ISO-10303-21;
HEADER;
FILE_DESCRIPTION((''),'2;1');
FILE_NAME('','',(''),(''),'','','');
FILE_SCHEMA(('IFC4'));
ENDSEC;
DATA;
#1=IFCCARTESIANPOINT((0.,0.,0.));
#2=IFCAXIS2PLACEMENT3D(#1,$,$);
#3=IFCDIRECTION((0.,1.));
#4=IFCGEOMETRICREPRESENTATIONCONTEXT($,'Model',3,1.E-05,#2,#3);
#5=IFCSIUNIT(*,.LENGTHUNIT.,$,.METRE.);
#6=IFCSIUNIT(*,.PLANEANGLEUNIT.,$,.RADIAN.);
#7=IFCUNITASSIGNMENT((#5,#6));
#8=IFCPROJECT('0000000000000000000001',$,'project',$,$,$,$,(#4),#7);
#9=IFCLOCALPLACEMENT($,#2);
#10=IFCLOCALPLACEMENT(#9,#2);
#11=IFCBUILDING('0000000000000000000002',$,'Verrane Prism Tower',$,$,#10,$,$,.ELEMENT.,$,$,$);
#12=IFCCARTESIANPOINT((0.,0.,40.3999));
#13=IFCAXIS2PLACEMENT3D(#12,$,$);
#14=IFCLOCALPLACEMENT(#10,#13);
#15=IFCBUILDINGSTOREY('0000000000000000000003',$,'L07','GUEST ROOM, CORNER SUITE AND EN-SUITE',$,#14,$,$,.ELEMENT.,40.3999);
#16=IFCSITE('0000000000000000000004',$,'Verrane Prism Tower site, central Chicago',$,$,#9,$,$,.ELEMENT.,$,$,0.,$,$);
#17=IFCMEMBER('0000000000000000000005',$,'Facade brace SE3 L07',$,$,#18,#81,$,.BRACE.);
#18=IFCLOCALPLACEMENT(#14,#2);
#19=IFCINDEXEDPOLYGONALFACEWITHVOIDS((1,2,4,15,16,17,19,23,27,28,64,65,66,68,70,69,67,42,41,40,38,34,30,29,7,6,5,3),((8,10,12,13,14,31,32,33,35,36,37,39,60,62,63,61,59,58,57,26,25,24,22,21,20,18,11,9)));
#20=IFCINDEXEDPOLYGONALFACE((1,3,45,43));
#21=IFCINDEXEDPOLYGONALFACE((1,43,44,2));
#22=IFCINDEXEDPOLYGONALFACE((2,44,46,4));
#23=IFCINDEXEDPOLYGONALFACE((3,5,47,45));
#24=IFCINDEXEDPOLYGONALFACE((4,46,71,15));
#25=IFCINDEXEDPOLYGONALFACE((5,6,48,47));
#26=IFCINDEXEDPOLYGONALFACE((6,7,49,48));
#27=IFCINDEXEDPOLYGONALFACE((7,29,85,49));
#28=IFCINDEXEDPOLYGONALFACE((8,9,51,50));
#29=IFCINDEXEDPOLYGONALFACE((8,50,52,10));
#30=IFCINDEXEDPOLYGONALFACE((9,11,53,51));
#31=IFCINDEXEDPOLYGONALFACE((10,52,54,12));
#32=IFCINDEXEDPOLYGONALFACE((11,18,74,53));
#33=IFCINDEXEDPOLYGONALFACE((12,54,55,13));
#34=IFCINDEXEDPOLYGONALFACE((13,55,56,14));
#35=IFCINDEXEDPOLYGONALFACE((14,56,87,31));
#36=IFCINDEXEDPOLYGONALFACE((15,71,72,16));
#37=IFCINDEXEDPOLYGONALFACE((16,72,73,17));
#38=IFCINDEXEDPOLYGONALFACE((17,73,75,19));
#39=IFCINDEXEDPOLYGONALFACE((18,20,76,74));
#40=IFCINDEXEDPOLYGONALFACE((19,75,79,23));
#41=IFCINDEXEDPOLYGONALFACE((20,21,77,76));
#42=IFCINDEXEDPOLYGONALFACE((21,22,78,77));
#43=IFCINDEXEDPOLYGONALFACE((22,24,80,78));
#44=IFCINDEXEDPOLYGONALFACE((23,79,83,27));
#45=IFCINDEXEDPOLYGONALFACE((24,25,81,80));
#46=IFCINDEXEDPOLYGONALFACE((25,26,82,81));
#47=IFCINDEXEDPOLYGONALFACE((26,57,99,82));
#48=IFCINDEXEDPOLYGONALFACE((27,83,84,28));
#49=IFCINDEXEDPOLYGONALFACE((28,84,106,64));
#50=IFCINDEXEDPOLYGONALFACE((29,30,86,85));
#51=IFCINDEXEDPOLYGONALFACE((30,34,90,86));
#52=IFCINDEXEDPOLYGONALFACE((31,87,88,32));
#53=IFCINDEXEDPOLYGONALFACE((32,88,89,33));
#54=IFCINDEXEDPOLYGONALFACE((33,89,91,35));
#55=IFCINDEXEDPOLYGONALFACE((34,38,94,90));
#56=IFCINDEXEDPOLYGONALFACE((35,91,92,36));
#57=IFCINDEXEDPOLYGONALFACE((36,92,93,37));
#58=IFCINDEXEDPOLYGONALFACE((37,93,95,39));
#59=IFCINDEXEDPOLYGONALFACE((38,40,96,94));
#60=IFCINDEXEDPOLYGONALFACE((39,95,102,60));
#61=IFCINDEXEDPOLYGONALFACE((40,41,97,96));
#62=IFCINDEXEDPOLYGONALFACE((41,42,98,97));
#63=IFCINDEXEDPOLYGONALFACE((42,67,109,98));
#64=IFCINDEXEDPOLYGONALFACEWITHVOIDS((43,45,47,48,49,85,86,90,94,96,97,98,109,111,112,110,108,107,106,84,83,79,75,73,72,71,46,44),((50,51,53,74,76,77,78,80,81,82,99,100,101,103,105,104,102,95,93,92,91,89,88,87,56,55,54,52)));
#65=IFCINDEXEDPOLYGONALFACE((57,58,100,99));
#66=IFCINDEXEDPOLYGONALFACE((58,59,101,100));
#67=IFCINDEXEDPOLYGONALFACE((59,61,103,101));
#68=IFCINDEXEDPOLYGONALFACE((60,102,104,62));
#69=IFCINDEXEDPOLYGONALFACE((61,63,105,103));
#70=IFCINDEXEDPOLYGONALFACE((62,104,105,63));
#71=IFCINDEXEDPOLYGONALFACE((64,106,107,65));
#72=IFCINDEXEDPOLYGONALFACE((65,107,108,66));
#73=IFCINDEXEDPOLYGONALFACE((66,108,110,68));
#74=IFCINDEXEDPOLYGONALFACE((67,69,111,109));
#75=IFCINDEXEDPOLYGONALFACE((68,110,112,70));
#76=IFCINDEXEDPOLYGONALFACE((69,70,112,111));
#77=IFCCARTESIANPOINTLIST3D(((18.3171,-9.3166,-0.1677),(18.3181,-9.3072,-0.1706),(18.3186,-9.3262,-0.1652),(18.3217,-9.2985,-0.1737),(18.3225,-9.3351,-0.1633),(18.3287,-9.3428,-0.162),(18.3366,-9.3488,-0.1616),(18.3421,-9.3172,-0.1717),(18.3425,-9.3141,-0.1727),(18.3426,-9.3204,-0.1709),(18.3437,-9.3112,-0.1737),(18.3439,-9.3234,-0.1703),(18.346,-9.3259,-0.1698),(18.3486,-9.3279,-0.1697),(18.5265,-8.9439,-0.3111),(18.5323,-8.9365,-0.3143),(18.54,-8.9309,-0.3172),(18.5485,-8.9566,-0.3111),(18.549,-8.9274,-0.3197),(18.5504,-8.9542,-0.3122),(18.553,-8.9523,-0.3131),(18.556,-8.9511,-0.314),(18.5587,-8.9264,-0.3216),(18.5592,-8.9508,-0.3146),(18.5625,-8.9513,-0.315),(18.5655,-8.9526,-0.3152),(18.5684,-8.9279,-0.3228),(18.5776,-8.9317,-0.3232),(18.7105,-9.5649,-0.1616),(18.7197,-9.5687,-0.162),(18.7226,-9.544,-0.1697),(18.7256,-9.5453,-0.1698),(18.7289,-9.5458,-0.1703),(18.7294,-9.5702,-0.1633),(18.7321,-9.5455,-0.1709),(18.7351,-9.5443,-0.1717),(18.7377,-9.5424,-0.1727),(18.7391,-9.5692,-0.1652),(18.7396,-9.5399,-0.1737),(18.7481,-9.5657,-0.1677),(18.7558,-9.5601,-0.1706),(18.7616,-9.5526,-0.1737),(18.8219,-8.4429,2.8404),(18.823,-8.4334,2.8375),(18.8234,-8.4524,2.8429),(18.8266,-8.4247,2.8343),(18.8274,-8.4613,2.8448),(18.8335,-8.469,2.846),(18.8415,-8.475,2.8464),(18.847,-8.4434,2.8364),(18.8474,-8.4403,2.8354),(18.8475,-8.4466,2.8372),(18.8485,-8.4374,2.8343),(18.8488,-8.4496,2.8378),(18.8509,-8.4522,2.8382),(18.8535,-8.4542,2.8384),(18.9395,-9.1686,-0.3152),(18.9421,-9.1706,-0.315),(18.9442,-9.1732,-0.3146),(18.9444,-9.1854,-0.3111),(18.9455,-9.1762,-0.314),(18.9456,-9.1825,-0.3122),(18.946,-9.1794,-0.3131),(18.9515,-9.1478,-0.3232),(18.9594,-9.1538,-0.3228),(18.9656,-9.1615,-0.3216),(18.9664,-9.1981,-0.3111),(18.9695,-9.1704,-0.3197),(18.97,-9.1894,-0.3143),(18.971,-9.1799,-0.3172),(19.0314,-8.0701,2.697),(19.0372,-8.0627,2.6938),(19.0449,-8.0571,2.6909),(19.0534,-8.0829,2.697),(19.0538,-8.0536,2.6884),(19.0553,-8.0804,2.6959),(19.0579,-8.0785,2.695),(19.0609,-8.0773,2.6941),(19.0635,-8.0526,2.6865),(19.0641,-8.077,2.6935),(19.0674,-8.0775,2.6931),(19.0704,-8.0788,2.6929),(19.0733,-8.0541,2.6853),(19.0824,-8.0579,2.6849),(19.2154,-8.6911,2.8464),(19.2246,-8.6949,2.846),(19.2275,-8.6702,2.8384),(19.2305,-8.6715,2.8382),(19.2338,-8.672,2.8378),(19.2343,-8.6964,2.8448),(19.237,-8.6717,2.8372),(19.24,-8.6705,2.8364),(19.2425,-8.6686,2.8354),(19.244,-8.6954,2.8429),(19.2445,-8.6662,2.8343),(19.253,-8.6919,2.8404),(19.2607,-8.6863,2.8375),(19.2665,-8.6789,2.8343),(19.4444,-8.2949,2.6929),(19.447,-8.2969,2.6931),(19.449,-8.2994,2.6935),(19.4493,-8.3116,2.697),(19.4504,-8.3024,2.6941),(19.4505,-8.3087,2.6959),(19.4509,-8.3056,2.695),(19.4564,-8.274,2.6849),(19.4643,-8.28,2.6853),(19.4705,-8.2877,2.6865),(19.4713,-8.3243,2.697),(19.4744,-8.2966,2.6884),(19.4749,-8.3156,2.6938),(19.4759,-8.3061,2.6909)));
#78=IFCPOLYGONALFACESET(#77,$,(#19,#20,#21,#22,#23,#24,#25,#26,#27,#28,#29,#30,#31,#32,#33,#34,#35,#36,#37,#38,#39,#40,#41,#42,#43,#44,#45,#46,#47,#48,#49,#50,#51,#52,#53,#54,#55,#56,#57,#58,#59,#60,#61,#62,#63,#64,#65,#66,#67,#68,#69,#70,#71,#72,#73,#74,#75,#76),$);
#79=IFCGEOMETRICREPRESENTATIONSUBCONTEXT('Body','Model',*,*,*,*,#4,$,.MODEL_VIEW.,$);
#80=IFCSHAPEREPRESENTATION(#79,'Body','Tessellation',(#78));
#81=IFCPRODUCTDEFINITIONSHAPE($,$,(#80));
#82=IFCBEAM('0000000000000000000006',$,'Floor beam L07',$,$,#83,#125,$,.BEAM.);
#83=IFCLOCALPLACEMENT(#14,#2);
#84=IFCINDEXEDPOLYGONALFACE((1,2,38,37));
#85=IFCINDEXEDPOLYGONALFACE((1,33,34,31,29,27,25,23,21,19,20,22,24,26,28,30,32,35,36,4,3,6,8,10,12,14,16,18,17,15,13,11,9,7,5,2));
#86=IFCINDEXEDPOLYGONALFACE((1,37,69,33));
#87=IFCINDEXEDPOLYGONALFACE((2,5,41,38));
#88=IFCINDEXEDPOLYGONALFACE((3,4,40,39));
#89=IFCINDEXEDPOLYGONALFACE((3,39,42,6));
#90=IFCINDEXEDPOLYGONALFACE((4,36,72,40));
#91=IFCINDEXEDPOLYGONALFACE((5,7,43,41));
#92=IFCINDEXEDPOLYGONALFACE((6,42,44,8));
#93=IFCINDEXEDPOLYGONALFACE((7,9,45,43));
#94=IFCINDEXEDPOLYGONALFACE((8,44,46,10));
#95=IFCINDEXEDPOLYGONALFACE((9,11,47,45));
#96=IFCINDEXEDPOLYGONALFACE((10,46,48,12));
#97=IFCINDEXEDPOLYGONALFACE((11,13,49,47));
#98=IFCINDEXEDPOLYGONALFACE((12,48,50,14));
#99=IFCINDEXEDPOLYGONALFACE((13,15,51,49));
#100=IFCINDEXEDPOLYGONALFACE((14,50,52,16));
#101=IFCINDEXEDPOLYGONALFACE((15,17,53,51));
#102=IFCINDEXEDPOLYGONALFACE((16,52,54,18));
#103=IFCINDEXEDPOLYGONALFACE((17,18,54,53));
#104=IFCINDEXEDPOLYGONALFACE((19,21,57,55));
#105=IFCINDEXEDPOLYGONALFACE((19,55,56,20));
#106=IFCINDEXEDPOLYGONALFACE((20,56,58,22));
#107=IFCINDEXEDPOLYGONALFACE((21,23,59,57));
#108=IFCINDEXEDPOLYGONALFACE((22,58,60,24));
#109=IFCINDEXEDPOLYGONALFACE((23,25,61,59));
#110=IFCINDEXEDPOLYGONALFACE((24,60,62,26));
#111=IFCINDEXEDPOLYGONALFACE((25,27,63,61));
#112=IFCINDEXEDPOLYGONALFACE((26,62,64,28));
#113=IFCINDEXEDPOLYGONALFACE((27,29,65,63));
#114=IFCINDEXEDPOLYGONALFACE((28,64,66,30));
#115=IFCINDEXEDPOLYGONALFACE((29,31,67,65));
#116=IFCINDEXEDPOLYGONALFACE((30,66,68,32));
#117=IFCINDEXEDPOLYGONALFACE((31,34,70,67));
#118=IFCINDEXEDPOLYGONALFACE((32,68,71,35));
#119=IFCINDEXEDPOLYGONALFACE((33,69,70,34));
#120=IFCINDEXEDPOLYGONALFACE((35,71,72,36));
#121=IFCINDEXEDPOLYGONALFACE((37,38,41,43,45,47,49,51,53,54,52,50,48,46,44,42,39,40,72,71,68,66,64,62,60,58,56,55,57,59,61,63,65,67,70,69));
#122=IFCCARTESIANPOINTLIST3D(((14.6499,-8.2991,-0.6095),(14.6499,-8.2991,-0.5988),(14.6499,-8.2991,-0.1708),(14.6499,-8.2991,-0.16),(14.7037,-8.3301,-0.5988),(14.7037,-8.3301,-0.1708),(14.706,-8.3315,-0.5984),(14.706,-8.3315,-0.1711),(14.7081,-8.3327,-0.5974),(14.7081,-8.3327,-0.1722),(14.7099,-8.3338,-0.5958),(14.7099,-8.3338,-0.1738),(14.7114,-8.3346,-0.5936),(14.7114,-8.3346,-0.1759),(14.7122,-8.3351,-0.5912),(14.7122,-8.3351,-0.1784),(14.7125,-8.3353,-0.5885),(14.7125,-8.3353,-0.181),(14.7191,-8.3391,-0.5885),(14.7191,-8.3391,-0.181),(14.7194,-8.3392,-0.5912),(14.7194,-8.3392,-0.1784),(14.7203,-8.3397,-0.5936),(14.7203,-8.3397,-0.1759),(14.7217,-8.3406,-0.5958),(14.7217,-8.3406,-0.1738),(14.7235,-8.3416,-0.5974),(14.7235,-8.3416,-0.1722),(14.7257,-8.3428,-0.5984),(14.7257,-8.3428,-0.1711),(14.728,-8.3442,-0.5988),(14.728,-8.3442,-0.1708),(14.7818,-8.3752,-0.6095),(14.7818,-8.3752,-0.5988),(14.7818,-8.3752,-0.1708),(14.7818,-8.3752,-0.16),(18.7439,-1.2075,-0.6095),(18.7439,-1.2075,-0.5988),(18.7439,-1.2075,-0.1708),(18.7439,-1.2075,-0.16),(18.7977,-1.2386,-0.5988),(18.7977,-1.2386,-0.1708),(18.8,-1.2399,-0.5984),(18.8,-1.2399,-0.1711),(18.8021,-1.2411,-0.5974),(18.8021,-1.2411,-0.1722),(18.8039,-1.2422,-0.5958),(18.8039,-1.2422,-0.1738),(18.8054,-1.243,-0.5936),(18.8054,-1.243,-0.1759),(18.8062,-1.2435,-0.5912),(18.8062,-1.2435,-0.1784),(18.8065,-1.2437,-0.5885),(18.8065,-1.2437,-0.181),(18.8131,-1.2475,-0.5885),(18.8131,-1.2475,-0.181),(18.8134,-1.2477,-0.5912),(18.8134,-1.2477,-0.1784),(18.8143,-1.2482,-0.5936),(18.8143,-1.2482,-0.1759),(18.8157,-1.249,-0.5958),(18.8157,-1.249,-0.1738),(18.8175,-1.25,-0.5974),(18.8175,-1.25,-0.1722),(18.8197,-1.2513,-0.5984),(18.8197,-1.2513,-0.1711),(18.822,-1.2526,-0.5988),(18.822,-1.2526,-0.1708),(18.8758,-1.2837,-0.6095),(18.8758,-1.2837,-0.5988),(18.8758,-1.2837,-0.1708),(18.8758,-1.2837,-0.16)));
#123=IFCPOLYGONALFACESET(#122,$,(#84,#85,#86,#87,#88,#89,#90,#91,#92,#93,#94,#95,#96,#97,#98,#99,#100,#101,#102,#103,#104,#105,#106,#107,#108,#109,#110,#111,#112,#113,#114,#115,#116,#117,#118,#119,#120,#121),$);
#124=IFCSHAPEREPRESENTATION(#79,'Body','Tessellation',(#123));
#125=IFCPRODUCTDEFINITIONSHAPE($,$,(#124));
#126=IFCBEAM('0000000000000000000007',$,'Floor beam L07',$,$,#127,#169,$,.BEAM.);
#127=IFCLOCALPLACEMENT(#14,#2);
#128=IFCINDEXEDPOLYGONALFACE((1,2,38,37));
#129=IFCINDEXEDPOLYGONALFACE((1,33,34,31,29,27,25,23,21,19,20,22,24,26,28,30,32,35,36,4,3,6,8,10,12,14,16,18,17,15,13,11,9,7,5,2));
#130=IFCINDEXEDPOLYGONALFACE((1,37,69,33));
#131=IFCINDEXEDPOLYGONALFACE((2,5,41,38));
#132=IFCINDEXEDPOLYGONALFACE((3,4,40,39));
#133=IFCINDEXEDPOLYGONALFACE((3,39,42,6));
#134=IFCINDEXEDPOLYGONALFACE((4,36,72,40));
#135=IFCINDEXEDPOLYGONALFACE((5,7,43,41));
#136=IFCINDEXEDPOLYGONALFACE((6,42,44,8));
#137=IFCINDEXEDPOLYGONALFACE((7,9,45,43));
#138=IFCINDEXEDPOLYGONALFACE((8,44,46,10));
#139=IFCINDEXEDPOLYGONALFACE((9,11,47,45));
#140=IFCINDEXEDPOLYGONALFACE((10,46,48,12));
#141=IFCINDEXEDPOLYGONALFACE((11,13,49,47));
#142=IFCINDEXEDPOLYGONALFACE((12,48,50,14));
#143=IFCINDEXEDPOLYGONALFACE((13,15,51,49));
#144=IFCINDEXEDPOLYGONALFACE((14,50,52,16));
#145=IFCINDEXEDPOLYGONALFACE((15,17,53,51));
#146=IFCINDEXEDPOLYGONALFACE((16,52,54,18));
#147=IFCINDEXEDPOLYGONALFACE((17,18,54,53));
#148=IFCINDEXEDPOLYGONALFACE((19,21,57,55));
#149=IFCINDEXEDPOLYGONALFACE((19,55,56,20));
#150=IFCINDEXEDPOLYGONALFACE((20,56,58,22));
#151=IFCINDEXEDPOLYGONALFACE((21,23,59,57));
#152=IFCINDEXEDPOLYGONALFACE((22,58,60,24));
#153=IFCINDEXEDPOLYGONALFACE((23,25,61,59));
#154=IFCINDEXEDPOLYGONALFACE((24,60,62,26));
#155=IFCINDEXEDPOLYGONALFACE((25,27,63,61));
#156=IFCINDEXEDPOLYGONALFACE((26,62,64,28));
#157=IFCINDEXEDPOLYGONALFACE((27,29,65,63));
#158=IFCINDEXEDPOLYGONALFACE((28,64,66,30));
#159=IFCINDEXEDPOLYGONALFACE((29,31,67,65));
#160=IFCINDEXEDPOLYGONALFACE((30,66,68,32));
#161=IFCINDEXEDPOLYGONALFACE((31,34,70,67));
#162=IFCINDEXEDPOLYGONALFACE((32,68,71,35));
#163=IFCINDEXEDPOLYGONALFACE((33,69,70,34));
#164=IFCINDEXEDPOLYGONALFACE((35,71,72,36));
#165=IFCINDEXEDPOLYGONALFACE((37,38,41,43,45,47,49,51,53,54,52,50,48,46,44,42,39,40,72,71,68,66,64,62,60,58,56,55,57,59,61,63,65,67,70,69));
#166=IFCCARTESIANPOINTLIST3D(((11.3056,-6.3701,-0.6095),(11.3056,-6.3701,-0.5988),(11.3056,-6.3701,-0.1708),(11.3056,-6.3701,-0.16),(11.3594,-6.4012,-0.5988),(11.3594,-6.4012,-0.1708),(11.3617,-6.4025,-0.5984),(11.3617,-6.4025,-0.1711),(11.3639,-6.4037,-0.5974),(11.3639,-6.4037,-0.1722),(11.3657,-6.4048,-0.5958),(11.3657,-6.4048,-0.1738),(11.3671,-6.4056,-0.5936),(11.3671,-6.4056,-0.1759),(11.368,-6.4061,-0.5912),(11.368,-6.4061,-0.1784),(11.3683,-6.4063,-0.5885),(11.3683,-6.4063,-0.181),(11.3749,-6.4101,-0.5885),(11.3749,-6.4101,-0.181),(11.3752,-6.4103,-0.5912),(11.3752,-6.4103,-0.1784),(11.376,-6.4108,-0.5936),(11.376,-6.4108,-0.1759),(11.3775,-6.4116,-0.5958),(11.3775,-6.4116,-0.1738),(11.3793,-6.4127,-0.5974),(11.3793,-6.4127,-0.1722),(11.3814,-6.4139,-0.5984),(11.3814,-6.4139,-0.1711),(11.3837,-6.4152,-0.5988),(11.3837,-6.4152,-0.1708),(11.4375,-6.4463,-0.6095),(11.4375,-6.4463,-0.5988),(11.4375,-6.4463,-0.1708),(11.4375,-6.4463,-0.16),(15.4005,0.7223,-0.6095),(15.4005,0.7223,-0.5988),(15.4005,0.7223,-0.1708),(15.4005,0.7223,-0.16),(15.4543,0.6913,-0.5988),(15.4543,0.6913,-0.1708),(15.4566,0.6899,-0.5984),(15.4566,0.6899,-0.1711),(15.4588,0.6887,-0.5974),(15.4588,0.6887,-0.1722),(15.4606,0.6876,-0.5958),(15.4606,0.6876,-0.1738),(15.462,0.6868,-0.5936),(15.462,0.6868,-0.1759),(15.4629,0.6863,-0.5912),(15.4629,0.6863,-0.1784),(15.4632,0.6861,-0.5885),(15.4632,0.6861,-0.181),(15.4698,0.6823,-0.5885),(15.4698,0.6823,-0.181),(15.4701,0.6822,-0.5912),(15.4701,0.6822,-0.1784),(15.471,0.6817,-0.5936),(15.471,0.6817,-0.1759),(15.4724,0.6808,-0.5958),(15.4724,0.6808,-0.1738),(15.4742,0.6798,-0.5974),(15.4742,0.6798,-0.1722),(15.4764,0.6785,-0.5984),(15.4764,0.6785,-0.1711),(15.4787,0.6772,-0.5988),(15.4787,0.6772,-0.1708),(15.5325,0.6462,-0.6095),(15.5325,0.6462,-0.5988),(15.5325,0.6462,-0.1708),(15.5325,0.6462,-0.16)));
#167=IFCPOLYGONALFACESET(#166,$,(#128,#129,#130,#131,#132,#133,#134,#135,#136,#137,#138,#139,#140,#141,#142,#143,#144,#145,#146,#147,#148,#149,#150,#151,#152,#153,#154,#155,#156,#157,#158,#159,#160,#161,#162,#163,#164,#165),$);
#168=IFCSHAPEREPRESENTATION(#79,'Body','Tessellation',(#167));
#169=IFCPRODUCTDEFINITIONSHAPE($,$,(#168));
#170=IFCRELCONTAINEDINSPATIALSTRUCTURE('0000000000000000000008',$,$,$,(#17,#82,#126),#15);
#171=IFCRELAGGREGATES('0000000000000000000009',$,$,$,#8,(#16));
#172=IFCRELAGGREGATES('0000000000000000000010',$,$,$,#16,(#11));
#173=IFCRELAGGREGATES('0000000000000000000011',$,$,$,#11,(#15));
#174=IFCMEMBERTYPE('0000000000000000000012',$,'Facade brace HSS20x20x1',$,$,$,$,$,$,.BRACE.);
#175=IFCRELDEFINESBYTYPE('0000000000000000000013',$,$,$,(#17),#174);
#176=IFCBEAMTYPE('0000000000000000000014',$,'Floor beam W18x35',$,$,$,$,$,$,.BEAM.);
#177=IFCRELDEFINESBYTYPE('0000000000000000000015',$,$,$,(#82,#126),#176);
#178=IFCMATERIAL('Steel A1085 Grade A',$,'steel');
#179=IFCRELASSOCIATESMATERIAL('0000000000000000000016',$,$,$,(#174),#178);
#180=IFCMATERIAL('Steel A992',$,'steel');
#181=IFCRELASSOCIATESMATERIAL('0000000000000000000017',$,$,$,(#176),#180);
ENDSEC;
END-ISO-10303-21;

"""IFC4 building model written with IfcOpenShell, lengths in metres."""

from ifc_helpers import new_model, si_unit, direction, frame, origin, origin_2d, place, context, subcontext, project, spatial, hollow_rectangle, i_section, extrude, material, material_profile, profile_set, type_object, element, save


model = new_model("IFC4")

# Units and contexts
model_context = context("Model", 3, precision=1e-05, world=origin(), true_north=direction((0.0, 1.0)))
body_context = subcontext(model_context, "Body", "Model", "MODEL_VIEW")
ifc_project = project(units=[si_unit("LENGTHUNIT", "METRE"), si_unit("PLANEANGLEUNIT", "RADIAN")], contexts=[model_context])

# Site, building, storey
site_placement = place(None, origin())
site = spatial("IfcSite", under=ifc_project, at=site_placement, Name="Verrane Prism Tower site, central Chicago", CompositionType="ELEMENT", RefElevation=0.0)
building_placement = place(site_placement, origin())
building = spatial("IfcBuilding", under=site, at=building_placement, Name="Verrane Prism Tower", CompositionType="ELEMENT")
storey_placement = place(building_placement, frame((0.0, 0.0, 40.3999)))
storey = spatial("IfcBuildingStorey", under=building, at=storey_placement, Name="L07", Description="GUEST ROOM, CORNER SUITE AND EN-SUITE", CompositionType="ELEMENT", Elevation=40.3999)

# Member
ifc_material_1 = material(Name="Steel A1085 Grade A", Category="steel")
ifc_material_profile_1 = material_profile(ifc_material_1, hollow_rectangle(XDim=0.5081, YDim=0.5081, WallThickness=0.0254, InnerFilletRadius=0.0127, OuterFilletRadius=0.0381, at=origin_2d()), Name="HSS20x20x1")
ifc_profile_set_1 = profile_set([ifc_material_profile_1], Name="Steel A1085 Grade A")
member_type_1 = type_object("IfcMemberType", Name="Facade brace HSS20x20x1", PredefinedType="BRACE", material=ifc_profile_set_1)
member_1_placement = place(storey_placement, frame((18.644, -9.2483, -0.2424), z_axis=(0.159127, 0.275395, 0.94807), x_axis=(-0.865851, 0.500302, 0.0)))
element("IfcMember", 1, at=member_1_placement, inside=storey, type_object=member_type_1, Name="Facade brace SE3 L07", PredefinedType="BRACE", context=body_context, shape_type="SweptSolid", body=[
    extrude(hollow_rectangle(XDim=0.5081, YDim=0.5081, WallThickness=0.0254, InnerFilletRadius=0.0127, OuterFilletRadius=0.0381, at=origin_2d()), origin(), (0.0, 0.0, 1.0), 3.1729),
])

# Beams
ifc_material_2 = material(Name="Steel A992", Category="steel")
ifc_material_profile_2 = material_profile(ifc_material_2, i_section(OverallWidth=0.1523, OverallDepth=0.4495, WebThickness=0.0076, FlangeThickness=0.0107, FilletRadius=0.0103, at=origin_2d()), Name="W18x35")
ifc_profile_set_2 = profile_set([ifc_material_profile_2], Name="Steel A992")
beam_type_1 = type_object("IfcBeamType", Name="Floor beam W18x35", PredefinedType="BEAM", material=ifc_profile_set_2)
beam_1_placement = place(storey_placement, frame((14.7158, -8.3372, -0.3848), z_axis=(0.499971, 0.866042, 0.0), x_axis=(-0.866042, 0.499971, 0.0)))
element("IfcBeam", 2, at=beam_1_placement, inside=storey, type_object=beam_type_1, Name="Floor beam L07", PredefinedType="BEAM", context=body_context, shape_type="SweptSolid", body=[
    extrude(i_section(OverallWidth=0.1523, OverallDepth=0.4495, WebThickness=0.0076, FlangeThickness=0.0107, FilletRadius=0.0103, at=origin_2d()), origin(), (0.0, 0.0, 1.0), 8.1885),
])
beam_2_placement = place(storey_placement, frame((11.3716, -6.4082, -0.3848), z_axis=(0.500009, 0.86602, 0.0), x_axis=(-0.86602, 0.500009, 0.0)))
element("IfcBeam", 3, at=beam_2_placement, inside=storey, type_object=beam_type_1, Name="Floor beam L07", PredefinedType="BEAM", context=body_context, shape_type="SweptSolid", body=[
    extrude(i_section(OverallWidth=0.1523, OverallDepth=0.4495, WebThickness=0.0076, FlangeThickness=0.0107, FilletRadius=0.0103, at=origin_2d()), origin(), (0.0, 0.0, 1.0), 8.1897),
])

save(model, "model.ifc")
